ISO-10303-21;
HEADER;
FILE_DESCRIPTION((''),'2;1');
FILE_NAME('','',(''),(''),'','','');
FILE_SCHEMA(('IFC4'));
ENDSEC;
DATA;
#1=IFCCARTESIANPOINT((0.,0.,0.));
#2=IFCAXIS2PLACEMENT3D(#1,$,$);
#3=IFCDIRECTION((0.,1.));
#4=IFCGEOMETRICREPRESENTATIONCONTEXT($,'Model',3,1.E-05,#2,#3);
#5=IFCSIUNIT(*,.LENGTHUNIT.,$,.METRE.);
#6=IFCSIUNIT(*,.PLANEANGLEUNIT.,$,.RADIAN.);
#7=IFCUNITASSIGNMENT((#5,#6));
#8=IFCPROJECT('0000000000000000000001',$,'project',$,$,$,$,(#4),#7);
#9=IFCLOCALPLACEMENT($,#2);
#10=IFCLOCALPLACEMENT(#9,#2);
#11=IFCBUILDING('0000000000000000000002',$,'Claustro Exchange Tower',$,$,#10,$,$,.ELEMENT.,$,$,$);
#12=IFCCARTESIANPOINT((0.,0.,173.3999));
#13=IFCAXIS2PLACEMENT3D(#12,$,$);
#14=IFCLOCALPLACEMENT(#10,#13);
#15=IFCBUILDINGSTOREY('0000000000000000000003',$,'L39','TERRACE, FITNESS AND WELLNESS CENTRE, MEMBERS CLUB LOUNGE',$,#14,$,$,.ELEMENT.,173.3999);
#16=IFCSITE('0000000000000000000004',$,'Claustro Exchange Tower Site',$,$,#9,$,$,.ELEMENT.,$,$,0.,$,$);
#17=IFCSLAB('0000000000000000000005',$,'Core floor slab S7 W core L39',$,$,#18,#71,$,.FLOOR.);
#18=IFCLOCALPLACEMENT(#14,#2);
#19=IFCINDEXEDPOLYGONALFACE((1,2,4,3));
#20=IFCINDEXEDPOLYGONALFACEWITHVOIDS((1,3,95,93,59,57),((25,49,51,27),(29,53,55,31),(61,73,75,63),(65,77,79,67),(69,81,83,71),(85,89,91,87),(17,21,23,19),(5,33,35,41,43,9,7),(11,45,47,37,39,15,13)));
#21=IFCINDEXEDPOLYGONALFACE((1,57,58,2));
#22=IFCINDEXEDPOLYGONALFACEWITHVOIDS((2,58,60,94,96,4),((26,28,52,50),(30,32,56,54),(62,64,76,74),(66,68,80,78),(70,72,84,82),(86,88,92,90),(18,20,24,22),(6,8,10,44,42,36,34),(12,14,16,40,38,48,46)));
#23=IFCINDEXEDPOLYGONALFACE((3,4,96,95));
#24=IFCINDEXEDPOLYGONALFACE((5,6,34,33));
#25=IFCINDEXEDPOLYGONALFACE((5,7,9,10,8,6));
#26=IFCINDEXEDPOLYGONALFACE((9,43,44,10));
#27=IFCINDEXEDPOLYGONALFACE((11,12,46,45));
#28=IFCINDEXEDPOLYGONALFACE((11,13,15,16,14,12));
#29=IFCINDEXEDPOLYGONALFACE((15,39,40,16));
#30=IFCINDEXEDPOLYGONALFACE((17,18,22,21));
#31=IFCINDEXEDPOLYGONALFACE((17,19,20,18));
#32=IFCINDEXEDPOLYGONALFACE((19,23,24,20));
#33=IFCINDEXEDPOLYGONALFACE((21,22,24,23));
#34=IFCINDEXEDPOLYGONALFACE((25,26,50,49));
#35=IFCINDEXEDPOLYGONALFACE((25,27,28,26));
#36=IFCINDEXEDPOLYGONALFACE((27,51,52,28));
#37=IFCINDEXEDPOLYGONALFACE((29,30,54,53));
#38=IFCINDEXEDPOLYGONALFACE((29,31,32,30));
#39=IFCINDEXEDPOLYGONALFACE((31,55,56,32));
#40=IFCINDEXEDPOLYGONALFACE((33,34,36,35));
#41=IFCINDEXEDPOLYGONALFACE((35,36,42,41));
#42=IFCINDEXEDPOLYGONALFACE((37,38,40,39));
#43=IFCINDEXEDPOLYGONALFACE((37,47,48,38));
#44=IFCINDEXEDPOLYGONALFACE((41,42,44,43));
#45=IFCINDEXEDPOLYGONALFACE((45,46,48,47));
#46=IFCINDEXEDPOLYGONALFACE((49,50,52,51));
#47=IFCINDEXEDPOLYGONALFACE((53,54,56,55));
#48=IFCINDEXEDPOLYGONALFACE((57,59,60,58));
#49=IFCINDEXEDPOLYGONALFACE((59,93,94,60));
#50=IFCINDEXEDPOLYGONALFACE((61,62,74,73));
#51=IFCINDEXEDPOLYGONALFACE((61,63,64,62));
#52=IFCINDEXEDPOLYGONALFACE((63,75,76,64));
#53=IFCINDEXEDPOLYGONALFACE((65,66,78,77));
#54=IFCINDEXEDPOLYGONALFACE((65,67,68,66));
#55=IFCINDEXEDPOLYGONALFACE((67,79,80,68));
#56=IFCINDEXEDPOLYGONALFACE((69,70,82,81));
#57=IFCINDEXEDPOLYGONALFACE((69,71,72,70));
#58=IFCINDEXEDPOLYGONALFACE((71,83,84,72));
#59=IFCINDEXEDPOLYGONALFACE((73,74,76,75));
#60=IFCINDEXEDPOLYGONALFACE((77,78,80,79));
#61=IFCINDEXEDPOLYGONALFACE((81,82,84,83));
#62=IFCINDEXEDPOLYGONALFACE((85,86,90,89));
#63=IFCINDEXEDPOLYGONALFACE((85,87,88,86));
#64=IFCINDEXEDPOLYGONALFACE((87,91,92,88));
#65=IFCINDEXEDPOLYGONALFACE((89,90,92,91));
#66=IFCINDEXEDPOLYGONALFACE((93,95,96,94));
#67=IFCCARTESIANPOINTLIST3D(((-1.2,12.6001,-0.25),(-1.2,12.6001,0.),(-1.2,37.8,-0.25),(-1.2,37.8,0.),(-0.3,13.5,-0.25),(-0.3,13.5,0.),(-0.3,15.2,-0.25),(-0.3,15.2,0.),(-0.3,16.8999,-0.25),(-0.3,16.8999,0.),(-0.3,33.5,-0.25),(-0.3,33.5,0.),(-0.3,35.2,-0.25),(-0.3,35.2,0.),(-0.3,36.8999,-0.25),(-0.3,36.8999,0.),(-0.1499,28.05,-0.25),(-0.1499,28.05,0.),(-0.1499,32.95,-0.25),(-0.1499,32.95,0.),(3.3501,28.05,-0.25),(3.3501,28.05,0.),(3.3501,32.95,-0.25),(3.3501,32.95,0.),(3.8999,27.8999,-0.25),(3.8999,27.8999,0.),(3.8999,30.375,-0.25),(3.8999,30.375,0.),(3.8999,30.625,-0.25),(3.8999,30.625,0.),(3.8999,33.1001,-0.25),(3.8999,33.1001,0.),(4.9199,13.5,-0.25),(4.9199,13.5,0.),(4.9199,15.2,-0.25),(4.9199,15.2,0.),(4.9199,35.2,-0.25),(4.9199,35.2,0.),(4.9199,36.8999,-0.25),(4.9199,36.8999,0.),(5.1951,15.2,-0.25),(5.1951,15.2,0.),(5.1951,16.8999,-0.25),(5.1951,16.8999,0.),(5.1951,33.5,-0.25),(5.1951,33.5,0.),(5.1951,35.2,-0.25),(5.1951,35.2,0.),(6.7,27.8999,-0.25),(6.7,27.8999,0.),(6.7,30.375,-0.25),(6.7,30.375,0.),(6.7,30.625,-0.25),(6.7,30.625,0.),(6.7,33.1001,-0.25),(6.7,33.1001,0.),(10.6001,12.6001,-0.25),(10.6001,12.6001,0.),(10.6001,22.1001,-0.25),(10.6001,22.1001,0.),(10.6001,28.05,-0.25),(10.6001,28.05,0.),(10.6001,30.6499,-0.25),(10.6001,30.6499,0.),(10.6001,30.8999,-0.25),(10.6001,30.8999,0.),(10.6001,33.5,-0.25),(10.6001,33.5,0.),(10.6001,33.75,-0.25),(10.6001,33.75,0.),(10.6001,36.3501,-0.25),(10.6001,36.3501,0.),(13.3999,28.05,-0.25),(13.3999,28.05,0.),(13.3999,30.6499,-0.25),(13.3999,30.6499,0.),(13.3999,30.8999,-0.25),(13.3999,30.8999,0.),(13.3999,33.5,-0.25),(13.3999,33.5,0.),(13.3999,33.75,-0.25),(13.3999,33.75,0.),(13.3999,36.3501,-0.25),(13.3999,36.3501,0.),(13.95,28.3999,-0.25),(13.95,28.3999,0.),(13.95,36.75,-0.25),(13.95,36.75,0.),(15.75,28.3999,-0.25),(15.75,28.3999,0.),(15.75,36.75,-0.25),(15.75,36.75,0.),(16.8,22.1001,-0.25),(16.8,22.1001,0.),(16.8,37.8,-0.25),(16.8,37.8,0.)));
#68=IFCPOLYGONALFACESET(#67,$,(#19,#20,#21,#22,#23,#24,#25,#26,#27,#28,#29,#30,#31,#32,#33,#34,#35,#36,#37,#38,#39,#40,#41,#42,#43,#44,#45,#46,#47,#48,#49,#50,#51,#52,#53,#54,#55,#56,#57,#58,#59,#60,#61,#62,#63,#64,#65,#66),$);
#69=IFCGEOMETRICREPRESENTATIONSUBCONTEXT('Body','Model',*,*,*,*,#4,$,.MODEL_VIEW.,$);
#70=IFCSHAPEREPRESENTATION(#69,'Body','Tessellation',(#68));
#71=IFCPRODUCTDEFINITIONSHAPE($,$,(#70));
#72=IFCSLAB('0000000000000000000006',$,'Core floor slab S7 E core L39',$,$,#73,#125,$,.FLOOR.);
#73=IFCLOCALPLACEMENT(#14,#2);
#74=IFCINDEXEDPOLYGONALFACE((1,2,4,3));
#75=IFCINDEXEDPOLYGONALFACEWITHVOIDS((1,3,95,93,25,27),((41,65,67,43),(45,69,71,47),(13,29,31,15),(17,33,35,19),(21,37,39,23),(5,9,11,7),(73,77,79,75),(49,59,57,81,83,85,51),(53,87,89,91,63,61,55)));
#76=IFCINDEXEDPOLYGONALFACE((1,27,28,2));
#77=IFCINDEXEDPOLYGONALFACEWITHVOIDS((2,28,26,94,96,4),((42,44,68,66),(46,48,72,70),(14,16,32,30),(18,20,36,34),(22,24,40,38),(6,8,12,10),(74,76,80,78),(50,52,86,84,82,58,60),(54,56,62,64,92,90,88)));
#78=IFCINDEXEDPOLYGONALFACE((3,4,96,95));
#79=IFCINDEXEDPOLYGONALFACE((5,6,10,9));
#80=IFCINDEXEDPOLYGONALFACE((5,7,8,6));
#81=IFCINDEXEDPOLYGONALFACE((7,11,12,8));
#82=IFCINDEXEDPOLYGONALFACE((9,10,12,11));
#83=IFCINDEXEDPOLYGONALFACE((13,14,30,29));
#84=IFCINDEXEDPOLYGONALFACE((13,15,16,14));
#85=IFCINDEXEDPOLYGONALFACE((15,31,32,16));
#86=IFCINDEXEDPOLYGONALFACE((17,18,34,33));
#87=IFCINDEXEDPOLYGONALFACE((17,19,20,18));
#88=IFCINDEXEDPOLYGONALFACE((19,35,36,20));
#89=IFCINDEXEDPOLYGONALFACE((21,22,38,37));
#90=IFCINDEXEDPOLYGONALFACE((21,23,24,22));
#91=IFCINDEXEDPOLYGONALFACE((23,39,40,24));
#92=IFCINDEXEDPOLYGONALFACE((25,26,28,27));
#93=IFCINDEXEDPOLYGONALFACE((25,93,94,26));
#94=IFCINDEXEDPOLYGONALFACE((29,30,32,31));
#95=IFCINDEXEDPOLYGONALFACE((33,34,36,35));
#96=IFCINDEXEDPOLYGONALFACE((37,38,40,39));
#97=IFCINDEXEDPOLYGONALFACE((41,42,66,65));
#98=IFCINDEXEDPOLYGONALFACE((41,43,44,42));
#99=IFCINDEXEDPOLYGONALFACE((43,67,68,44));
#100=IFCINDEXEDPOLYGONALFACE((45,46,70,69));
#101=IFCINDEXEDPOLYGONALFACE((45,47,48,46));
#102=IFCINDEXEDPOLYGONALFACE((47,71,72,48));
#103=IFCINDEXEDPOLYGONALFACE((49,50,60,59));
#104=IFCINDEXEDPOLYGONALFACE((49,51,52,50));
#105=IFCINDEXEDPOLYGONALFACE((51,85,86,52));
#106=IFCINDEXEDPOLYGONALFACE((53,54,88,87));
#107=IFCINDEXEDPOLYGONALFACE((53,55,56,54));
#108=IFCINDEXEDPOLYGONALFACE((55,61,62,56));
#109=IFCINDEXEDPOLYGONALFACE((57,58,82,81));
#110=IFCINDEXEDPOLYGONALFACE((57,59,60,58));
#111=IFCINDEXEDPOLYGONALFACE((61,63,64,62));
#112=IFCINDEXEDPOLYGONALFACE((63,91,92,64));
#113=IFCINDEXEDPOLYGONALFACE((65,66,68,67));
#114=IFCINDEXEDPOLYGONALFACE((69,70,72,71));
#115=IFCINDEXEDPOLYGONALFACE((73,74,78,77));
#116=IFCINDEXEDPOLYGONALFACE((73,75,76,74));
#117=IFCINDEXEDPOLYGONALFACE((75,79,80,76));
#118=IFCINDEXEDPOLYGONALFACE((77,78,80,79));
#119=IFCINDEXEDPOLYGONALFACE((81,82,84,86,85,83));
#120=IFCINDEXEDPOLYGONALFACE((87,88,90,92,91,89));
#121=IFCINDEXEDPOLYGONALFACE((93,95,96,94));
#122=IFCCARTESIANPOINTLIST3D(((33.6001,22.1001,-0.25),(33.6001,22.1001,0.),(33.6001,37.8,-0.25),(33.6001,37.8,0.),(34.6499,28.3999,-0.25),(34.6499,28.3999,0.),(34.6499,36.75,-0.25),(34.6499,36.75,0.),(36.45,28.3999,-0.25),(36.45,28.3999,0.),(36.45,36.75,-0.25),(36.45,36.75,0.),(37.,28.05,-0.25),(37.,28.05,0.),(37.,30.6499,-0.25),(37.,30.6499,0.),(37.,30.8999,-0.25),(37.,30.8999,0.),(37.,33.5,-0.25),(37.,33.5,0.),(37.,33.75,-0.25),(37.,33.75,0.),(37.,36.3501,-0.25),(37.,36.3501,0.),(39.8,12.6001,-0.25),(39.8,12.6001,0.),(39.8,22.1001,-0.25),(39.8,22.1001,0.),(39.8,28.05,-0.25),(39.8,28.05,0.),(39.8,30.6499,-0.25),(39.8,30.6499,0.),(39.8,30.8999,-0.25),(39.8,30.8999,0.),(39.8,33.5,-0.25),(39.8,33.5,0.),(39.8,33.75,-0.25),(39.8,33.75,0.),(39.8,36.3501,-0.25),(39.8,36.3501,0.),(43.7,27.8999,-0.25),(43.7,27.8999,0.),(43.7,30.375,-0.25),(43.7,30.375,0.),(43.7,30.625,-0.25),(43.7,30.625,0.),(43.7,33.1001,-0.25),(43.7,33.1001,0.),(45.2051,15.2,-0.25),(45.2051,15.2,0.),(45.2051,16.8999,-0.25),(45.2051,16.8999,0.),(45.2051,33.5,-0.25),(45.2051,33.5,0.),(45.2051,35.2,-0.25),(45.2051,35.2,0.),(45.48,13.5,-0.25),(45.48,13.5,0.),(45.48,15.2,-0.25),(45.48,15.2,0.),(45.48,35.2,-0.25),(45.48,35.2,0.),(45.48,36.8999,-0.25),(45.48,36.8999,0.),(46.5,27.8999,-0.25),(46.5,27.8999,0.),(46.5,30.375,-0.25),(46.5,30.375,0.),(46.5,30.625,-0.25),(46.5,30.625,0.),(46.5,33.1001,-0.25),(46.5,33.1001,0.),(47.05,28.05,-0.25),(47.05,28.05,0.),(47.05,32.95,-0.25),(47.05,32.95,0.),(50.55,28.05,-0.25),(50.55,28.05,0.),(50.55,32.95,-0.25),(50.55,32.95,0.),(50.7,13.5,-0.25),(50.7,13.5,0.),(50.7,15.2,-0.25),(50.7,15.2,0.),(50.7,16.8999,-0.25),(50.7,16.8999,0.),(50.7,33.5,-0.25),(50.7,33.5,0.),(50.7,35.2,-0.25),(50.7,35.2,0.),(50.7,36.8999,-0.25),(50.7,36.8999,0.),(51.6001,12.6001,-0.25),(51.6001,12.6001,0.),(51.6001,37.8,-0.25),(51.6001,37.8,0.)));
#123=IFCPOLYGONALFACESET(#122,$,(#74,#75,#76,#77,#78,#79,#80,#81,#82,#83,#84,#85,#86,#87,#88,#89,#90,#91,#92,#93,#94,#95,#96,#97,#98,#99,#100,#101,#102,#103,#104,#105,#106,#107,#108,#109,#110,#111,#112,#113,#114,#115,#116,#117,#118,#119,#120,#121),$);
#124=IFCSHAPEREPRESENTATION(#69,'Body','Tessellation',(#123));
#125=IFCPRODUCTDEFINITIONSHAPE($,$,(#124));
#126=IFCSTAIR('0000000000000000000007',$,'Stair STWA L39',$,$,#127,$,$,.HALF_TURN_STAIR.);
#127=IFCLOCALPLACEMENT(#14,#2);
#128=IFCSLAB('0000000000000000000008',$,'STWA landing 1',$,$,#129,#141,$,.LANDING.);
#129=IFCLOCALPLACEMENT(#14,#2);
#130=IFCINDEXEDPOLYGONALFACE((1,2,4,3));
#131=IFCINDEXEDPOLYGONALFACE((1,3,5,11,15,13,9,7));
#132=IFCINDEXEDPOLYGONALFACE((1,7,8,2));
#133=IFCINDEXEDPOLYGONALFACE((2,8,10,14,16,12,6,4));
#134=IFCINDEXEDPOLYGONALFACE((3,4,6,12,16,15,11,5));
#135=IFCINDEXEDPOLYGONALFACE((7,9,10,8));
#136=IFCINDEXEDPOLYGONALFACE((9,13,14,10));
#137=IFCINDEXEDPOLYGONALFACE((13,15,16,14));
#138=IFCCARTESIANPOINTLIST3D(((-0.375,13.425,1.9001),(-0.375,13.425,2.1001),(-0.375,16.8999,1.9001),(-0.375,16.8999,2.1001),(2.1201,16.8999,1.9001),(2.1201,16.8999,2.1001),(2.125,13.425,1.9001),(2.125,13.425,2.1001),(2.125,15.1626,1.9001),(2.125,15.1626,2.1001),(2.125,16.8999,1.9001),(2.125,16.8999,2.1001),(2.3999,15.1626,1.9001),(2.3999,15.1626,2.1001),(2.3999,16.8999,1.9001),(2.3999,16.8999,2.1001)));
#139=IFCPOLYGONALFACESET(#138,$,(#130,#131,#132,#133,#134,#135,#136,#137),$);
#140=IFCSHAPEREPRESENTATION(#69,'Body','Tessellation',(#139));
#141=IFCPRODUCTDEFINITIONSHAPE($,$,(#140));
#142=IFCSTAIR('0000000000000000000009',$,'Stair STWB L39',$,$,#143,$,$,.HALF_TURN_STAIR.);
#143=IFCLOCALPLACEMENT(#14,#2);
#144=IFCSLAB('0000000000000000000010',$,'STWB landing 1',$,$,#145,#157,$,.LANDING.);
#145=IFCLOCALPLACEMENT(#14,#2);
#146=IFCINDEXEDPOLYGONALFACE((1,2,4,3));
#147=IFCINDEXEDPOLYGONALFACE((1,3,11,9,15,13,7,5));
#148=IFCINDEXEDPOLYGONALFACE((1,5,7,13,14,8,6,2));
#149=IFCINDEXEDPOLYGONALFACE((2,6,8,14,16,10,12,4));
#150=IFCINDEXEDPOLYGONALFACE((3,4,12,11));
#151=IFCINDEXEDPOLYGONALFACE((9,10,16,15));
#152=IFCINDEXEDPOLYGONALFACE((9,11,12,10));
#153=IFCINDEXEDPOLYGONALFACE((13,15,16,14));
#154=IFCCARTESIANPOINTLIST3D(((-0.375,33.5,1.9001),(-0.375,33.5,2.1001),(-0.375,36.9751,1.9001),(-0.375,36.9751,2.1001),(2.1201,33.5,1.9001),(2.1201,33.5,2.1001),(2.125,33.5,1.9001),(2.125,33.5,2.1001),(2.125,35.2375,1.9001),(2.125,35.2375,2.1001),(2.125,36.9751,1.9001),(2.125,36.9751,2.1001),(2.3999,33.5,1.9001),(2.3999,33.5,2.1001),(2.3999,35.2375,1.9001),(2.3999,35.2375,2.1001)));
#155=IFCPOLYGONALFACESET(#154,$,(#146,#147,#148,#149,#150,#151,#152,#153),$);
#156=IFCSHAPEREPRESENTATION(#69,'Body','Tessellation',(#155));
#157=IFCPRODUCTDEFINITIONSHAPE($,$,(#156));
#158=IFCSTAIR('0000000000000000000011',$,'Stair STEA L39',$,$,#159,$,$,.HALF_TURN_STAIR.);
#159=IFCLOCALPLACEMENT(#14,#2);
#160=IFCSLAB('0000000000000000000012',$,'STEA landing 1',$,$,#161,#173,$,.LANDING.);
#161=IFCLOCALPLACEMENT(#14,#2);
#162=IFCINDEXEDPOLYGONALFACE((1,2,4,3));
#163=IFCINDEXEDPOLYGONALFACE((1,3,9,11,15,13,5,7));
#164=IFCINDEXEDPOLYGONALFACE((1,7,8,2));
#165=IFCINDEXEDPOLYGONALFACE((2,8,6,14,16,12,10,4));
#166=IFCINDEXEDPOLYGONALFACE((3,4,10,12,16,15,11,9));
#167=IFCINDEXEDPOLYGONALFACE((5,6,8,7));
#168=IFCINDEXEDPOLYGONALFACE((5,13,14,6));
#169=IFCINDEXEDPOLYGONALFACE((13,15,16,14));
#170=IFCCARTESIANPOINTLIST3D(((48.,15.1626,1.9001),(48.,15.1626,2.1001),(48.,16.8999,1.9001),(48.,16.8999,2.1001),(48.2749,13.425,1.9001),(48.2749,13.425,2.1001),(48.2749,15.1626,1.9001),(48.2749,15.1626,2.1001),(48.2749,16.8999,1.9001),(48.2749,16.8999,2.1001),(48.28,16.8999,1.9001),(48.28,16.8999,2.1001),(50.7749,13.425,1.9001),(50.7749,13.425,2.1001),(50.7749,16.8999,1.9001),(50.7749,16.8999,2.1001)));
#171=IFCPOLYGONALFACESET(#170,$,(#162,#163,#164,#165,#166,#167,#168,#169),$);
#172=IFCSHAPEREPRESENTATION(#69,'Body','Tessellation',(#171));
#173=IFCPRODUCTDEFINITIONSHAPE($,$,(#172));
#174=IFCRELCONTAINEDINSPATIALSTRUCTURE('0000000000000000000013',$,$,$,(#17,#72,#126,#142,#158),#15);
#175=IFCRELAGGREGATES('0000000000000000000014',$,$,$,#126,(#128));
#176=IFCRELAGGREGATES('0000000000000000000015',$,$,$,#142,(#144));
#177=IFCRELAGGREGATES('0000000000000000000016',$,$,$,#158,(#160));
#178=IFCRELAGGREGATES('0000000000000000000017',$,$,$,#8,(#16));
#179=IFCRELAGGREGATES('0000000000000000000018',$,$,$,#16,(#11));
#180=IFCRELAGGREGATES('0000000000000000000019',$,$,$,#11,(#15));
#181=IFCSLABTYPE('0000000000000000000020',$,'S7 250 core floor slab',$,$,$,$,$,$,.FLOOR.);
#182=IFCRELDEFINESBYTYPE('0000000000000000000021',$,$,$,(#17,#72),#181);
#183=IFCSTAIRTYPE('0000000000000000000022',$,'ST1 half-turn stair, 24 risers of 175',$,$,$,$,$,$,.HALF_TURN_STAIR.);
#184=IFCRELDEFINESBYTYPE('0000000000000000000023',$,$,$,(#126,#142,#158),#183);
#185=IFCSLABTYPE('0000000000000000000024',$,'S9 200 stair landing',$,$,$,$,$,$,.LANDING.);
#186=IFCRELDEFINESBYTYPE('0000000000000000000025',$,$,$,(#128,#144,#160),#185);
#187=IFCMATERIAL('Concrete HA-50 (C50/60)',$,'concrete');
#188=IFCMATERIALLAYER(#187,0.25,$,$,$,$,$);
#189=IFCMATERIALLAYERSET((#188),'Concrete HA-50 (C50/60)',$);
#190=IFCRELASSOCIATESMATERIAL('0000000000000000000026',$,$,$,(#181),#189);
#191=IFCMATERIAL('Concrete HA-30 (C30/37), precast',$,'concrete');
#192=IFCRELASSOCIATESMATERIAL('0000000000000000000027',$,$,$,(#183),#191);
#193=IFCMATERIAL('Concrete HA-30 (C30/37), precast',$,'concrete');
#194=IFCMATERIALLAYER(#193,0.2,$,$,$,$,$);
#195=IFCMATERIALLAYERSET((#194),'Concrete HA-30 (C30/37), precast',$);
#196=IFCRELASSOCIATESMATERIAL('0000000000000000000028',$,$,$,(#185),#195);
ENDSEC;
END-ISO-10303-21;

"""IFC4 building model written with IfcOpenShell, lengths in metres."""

from ifc_helpers import new_model, si_unit, direction, frame, origin, place, context, subcontext, project, spatial, polyline, outline, extrude, material, layer, layer_set, type_object, element, aggregate, save


model = new_model("IFC4")

# Units and contexts
model_context = context("Model", 3, precision=1e-05, world=origin(), true_north=direction((0.0, 1.0)))
body_context = subcontext(model_context, "Body", "Model", "MODEL_VIEW")
ifc_project = project(units=[si_unit("LENGTHUNIT", "METRE"), si_unit("PLANEANGLEUNIT", "RADIAN")], contexts=[model_context])

# Site, building, storey
site_placement = place(None, origin())
site = spatial("IfcSite", under=ifc_project, at=site_placement, Name="Claustro Exchange Tower Site", CompositionType="ELEMENT", RefElevation=0.0)
building_placement = place(site_placement, origin())
building = spatial("IfcBuilding", under=site, at=building_placement, Name="Claustro Exchange Tower", CompositionType="ELEMENT")
storey_placement = place(building_placement, frame((0.0, 0.0, 173.3999)))
storey = spatial("IfcBuildingStorey", under=building, at=storey_placement, Name="L39", Description="TERRACE, FITNESS AND WELLNESS CENTRE, MEMBERS CLUB LOUNGE", CompositionType="ELEMENT", Elevation=173.3999)

# Slabs
ifc_material_1 = material(Name="Concrete HA-50 (C50/60)", Category="concrete")
ifc_layer_1 = layer(ifc_material_1, 0.25)
ifc_layer_set_1 = layer_set([ifc_layer_1], Name="Concrete HA-50 (C50/60)")
slab_type_1 = type_object("IfcSlabType", Name="S7 250 core floor slab", PredefinedType="FLOOR", material=ifc_layer_set_1)
slab_1_placement = place(storey_placement, frame((0.0, 0.0, -0.25)))
element("IfcSlab", 1, at=slab_1_placement, inside=storey, type_object=slab_type_1, Name="Core floor slab S7 W core L39", PredefinedType="FLOOR", context=body_context, shape_type="SweptSolid", body=[
    extrude(outline(polyline([(-1.2, 37.8), (-1.2, 12.6001), (10.6001, 12.6001), (10.6001, 22.1001), (16.8, 22.1001), (16.8, 37.8), (-1.2, 37.8)]), holes=[polyline([(13.95, 36.75), (15.75, 36.75), (15.75, 28.3999), (13.95, 28.3999), (13.95, 36.75)]), polyline([(10.6001, 30.6499), (13.3999, 30.6499), (13.3999, 28.05), (10.6001, 28.05), (10.6001, 30.6499)]), polyline([(10.6001, 33.5), (13.3999, 33.5), (13.3999, 30.8999), (10.6001, 30.8999), (10.6001, 33.5)]), polyline([(13.3999, 36.3501), (13.3999, 33.75), (10.6001, 33.75), (10.6001, 36.3501), (13.3999, 36.3501)]), polyline([(3.8999, 30.375), (6.7, 30.375), (6.7, 27.8999), (3.8999, 27.8999), (3.8999, 30.375)]), polyline([(3.8999, 33.1001), (6.7, 33.1001), (6.7, 30.625), (3.8999, 30.625), (3.8999, 33.1001)]), polyline([(-0.3, 15.2), (-0.3, 16.8999), (5.1951, 16.8999), (5.1951, 15.2), (4.9199, 15.2), (4.9199, 13.5), (-0.3, 13.5), (-0.3, 15.2)]), polyline([(-0.3, 35.2), (-0.3, 36.8999), (4.9199, 36.8999), (4.9199, 35.2), (5.1951, 35.2), (5.1951, 33.5), (-0.3, 33.5), (-0.3, 35.2)]), polyline([(-0.1499, 32.95), (3.3501, 32.95), (3.3501, 28.05), (-0.1499, 28.05), (-0.1499, 32.95)])]), origin(), (0.0, 0.0, 1.0), 0.25),
])
slab_2_placement = place(storey_placement, frame((0.0, 0.0, -0.25)))
element("IfcSlab", 2, at=slab_2_placement, inside=storey, type_object=slab_type_1, Name="Core floor slab S7 E core L39", PredefinedType="FLOOR", context=body_context, shape_type="SweptSolid", body=[
    extrude(outline(polyline([(51.6001, 37.8), (33.6001, 37.8), (33.6001, 22.1001), (39.8, 22.1001), (39.8, 12.6001), (51.6001, 12.6001), (51.6001, 37.8)]), holes=[polyline([(45.48, 15.2), (45.2051, 15.2), (45.2051, 16.8999), (50.7, 16.8999), (50.7, 15.2), (50.7, 13.5), (45.48, 13.5), (45.48, 15.2)]), polyline([(45.48, 35.2), (45.48, 36.8999), (50.7, 36.8999), (50.7, 35.2), (50.7, 33.5), (45.2051, 33.5), (45.2051, 35.2), (45.48, 35.2)]), polyline([(47.05, 32.95), (50.55, 32.95), (50.55, 28.05), (47.05, 28.05), (47.05, 32.95)]), polyline([(43.7, 30.375), (46.5, 30.375), (46.5, 27.8999), (43.7, 27.8999), (43.7, 30.375)]), polyline([(43.7, 33.1001), (46.5, 33.1001), (46.5, 30.625), (43.7, 30.625), (43.7, 33.1001)]), polyline([(37.0, 30.6499), (39.8, 30.6499), (39.8, 28.05), (37.0, 28.05), (37.0, 30.6499)]), polyline([(37.0, 33.5), (39.8, 33.5), (39.8, 30.8999), (37.0, 30.8999), (37.0, 33.5)]), polyline([(39.8, 36.3501), (39.8, 33.75), (37.0, 33.75), (37.0, 36.3501), (39.8, 36.3501)]), polyline([(34.6499, 36.75), (36.45, 36.75), (36.45, 28.3999), (34.6499, 28.3999), (34.6499, 36.75)])]), origin(), (0.0, 0.0, 1.0), 0.25),
])

# Stairs, slabs
ifc_material_2 = material(Name="Concrete HA-30 (C30/37), precast", Category="concrete")
stair_type = type_object("IfcStairType", Name="ST1 half-turn stair, 24 risers of 175", PredefinedType="HALF_TURN_STAIR", material=ifc_material_2)
stair_1_placement = place(storey_placement, origin())
stair_1 = element("IfcStair", 3, at=stair_1_placement, inside=storey, type_object=stair_type, Name="Stair STWA L39", PredefinedType="HALF_TURN_STAIR")
ifc_material_3 = material(Name="Concrete HA-30 (C30/37), precast", Category="concrete")
ifc_layer_2 = layer(ifc_material_3, 0.2)
ifc_layer_set_2 = layer_set([ifc_layer_2], Name="Concrete HA-30 (C30/37), precast")
slab_type_2 = type_object("IfcSlabType", Name="S9 200 stair landing", PredefinedType="LANDING", material=ifc_layer_set_2)
slab_3_placement = place(storey_placement, frame((0.0, 0.0, 1.9001)))
slab_3 = element("IfcSlab", 4, at=slab_3_placement, type_object=slab_type_2, Name="STWA landing 1", PredefinedType="LANDING", context=body_context, shape_type="SweptSolid", body=[
    extrude(outline(polyline([(2.125, 13.425), (-0.375, 13.425), (-0.375, 16.8999), (2.1201, 16.8999), (2.125, 16.8999), (2.3999, 16.8999), (2.3999, 15.1626), (2.125, 15.1626), (2.125, 13.425)])), origin(), (0.0, 0.0, 1.0), 0.2),
])
aggregate(stair_1, [slab_3])
stair_2_placement = place(storey_placement, origin())
stair_2 = element("IfcStair", 5, at=stair_2_placement, inside=storey, type_object=stair_type, Name="Stair STWB L39", PredefinedType="HALF_TURN_STAIR")
slab_4_placement = place(storey_placement, frame((0.0, 0.0, 1.9001)))
slab_4 = element("IfcSlab", 6, at=slab_4_placement, type_object=slab_type_2, Name="STWB landing 1", PredefinedType="LANDING", context=body_context, shape_type="SweptSolid", body=[
    extrude(outline(polyline([(2.3999, 35.2375), (2.3999, 33.5), (2.125, 33.5), (2.1201, 33.5), (-0.375, 33.5), (-0.375, 36.9751), (2.125, 36.9751), (2.125, 35.2375), (2.3999, 35.2375)])), origin(), (0.0, 0.0, 1.0), 0.2),
])
aggregate(stair_2, [slab_4])
stair_3_placement = place(storey_placement, origin())
stair_3 = element("IfcStair", 7, at=stair_3_placement, inside=storey, type_object=stair_type, Name="Stair STEA L39", PredefinedType="HALF_TURN_STAIR")
slab_5_placement = place(storey_placement, frame((0.0, 0.0, 1.9001)))
slab_5 = element("IfcSlab", 8, at=slab_5_placement, type_object=slab_type_2, Name="STEA landing 1", PredefinedType="LANDING", context=body_context, shape_type="SweptSolid", body=[
    extrude(outline(polyline([(50.7749, 16.8999), (50.7749, 13.425), (48.2749, 13.425), (48.2749, 15.1626), (48.0, 15.1626), (48.0, 16.8999), (48.2749, 16.8999), (48.28, 16.8999), (50.7749, 16.8999)])), origin(), (0.0, 0.0, 1.0), 0.2),
])
aggregate(stair_3, [slab_5])

save(model, "model.ifc")
